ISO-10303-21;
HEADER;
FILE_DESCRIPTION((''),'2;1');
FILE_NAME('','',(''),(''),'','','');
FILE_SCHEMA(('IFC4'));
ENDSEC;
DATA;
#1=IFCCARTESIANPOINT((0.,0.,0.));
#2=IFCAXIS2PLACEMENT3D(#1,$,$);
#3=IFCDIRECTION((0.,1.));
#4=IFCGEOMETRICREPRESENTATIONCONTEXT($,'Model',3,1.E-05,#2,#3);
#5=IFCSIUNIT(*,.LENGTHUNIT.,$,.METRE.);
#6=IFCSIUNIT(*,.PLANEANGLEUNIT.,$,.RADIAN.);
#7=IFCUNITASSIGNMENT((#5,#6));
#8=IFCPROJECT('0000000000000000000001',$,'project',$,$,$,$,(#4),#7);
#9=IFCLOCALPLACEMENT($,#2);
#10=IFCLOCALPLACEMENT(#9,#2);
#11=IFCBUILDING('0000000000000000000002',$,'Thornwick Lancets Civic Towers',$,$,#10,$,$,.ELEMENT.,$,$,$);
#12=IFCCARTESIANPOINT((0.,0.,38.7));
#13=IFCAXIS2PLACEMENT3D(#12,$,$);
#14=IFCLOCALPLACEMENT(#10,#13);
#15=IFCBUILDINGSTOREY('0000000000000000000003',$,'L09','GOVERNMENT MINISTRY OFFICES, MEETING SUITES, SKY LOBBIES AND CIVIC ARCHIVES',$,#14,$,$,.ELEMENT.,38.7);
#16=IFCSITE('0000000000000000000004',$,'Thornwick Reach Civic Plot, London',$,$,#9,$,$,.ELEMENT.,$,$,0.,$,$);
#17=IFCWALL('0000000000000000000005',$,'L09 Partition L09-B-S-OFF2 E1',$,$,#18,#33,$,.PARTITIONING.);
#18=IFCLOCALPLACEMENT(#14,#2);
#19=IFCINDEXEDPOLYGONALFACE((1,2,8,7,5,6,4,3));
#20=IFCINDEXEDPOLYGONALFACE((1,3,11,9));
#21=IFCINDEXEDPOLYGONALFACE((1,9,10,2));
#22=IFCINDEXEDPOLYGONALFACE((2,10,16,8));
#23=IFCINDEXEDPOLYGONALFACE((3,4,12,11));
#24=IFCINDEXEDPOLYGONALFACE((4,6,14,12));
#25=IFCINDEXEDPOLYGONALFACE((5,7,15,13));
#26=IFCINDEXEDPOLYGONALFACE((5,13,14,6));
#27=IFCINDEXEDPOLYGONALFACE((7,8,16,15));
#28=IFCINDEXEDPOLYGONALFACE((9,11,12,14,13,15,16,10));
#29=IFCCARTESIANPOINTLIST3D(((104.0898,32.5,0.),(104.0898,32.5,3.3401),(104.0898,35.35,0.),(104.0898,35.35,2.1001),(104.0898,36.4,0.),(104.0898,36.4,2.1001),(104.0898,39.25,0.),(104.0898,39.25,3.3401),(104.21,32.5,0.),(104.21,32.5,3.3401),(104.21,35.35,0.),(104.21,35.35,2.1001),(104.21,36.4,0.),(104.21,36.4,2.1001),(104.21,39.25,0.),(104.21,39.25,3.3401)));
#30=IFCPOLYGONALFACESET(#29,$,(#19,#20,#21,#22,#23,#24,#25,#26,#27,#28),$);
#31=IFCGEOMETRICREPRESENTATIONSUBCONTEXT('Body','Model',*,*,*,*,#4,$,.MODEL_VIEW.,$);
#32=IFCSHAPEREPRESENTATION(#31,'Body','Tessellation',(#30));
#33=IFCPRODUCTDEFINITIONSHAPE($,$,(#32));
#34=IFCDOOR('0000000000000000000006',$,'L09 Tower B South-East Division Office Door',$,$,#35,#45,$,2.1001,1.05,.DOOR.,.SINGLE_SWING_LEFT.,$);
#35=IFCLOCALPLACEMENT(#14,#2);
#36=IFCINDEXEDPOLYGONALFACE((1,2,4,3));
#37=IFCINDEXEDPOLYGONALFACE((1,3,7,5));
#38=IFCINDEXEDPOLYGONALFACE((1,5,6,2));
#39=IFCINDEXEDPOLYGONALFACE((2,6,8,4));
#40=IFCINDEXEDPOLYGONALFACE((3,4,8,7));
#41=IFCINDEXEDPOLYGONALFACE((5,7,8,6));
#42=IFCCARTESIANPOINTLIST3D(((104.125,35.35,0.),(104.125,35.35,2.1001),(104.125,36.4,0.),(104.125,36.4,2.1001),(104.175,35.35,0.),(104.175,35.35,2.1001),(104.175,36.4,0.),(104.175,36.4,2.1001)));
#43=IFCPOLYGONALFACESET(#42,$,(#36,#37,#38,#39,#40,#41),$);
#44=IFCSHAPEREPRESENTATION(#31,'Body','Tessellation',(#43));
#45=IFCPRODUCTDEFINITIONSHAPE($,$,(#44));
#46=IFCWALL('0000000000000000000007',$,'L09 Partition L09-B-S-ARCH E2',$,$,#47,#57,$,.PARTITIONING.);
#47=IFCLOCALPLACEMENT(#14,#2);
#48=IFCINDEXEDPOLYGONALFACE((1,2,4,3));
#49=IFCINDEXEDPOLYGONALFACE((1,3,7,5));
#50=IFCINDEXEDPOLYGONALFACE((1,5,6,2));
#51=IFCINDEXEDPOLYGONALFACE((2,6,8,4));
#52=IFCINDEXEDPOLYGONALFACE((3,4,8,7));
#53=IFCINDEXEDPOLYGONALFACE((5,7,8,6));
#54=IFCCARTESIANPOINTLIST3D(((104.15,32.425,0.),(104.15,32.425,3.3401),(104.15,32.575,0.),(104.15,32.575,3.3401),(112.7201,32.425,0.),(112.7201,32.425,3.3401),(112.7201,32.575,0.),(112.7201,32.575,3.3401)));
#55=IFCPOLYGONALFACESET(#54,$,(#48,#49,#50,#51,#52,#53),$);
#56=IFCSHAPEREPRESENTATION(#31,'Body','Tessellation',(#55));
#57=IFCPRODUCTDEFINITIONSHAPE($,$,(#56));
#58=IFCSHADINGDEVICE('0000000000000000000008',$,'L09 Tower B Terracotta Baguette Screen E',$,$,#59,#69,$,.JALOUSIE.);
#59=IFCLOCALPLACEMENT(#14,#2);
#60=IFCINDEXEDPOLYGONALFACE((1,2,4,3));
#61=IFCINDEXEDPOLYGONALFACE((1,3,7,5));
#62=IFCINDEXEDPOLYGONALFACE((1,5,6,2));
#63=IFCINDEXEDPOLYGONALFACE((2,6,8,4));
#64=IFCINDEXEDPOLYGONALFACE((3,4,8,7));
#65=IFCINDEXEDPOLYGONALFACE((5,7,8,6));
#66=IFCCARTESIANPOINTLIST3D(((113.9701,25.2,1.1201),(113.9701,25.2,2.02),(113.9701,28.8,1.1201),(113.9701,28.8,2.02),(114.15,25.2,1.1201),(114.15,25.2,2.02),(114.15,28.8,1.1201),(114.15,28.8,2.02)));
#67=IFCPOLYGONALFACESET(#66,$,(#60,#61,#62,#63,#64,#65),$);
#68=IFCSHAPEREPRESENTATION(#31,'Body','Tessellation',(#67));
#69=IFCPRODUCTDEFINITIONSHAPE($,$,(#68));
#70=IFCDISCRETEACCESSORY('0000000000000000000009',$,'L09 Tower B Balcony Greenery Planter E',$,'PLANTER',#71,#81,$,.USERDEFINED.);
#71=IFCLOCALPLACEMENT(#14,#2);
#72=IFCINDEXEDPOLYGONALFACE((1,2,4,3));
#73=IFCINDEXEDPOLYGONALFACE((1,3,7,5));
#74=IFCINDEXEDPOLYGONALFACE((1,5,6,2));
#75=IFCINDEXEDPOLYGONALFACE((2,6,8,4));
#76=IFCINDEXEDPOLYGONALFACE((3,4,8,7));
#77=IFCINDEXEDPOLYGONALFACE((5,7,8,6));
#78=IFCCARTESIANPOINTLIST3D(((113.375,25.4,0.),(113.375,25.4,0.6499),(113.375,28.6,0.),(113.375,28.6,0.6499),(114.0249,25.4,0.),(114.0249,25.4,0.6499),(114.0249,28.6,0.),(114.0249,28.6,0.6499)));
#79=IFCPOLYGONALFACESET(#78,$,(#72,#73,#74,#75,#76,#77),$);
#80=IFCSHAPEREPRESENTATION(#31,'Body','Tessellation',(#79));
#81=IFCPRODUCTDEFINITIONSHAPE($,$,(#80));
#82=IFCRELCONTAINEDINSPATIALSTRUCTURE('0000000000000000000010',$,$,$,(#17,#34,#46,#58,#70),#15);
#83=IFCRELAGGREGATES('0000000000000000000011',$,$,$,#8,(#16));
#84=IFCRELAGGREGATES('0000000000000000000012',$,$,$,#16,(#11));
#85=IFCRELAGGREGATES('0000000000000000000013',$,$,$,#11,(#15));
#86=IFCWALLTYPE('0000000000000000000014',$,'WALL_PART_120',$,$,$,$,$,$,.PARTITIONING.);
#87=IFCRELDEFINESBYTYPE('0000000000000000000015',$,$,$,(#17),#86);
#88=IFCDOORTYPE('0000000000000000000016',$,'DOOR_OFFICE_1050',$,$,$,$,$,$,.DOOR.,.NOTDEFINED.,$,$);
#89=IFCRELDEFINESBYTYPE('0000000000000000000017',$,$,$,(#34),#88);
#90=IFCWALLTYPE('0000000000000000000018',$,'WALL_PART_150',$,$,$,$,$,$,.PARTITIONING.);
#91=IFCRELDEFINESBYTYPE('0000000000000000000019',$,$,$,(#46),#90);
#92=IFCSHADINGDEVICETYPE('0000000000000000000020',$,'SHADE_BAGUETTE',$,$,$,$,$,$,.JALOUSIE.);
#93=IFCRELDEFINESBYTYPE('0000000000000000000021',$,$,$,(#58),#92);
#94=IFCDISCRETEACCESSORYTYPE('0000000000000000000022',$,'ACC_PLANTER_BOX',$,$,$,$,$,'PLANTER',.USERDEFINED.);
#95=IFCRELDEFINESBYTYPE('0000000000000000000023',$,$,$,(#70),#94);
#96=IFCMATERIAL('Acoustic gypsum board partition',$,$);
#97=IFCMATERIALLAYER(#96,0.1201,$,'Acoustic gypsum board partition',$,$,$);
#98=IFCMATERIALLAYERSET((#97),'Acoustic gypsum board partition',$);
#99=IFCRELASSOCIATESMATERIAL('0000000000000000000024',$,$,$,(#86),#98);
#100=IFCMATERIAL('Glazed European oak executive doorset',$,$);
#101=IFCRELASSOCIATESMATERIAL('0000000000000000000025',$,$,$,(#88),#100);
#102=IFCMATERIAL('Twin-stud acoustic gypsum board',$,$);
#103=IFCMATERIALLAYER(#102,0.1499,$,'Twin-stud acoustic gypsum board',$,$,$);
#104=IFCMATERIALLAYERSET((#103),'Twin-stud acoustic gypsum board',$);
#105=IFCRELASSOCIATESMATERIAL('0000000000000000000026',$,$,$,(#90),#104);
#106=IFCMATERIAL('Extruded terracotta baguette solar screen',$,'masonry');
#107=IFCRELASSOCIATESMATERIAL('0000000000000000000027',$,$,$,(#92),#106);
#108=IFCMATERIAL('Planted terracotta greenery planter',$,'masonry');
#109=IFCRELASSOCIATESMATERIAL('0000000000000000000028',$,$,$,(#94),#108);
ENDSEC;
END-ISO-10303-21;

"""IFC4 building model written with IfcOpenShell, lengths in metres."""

from ifc_helpers import new_model, si_unit, direction, frame, frame_2d, origin, origin_2d, place, context, subcontext, project, spatial, rectangle, extrude, material, layer, layer_set, type_object, element, fill, save


model = new_model("IFC4")

# Units and contexts
model_context = context("Model", 3, precision=1e-05, world=origin(), true_north=direction((0.0, 1.0)))
body_context = subcontext(model_context, "Body", "Model", "MODEL_VIEW")
ifc_project = project(units=[si_unit("LENGTHUNIT", "METRE"), si_unit("PLANEANGLEUNIT", "RADIAN")], contexts=[model_context])

# Site, building, storey
site_placement = place(None, origin())
site = spatial("IfcSite", under=ifc_project, at=site_placement, Name="Thornwick Reach Civic Plot, London", CompositionType="ELEMENT", RefElevation=0.0)
building_placement = place(site_placement, origin())
building = spatial("IfcBuilding", under=site, at=building_placement, Name="Thornwick Lancets Civic Towers", CompositionType="ELEMENT")
storey_placement = place(building_placement, frame((0.0, 0.0, 38.7)))
storey = spatial("IfcBuildingStorey", under=building, at=storey_placement, Name="L09", Description="GOVERNMENT MINISTRY OFFICES, MEETING SUITES, SKY LOBBIES AND CIVIC ARCHIVES", CompositionType="ELEMENT", Elevation=38.7)

# Shared definitions
ifc_material_1 = material(Name="Acoustic gypsum board partition")
ifc_layer_1 = layer(ifc_material_1, 0.1201, Name="Acoustic gypsum board partition")
ifc_layer_set_1 = layer_set([ifc_layer_1], Name="Acoustic gypsum board partition")
wall_type_1 = type_object("IfcWallType", Name="WALL_PART_120", PredefinedType="PARTITIONING", material=ifc_layer_set_1)

# Wall, opening, door
wall_1_placement = place(storey_placement, frame((104.1499, 32.5, 0.0), z_axis=(0.0, 0.0, 1.0), x_axis=(0.0, 1.0, 0.0)))
wall_1 = element("IfcWall", 1, at=wall_1_placement, inside=storey, type_object=wall_type_1, Name="L09 Partition L09-B-S-OFF2 E1", PredefinedType="PARTITIONING", context=body_context, shape_type="SweptSolid", body=[
    extrude(rectangle(XDim=6.75, YDim=0.1201, at=frame_2d((3.375, 0.0))), origin(), (0.0, 0.0, 1.0), 3.3401),
])
opening_1_placement = place(wall_1_placement, frame((2.8501, 0.0, 0.0)))
opening_1 = element("IfcOpeningElement", 2, at=opening_1_placement, cuts=wall_1, PredefinedType="OPENING", context=body_context, shape_type="SweptSolid", body=[
    extrude(rectangle(XDim=1.05, YDim=2.1001, at=frame_2d((0.5249, 1.05))), frame((0.0, 0.0701, 0.0), z_axis=(0.0, -1.0, 0.0), x_axis=(1.0, 0.0, 0.0)), (0.0, 0.0, 1.0), 0.1401),
])
ifc_material_2 = material(Name="Glazed European oak executive doorset")
door_type_1 = type_object("IfcDoorType", Name="DOOR_OFFICE_1050", OperationType="NOTDEFINED", PredefinedType="DOOR", material=ifc_material_2)
door_1_placement = place(opening_1_placement, origin())
door_1 = element("IfcDoor", 3, at=door_1_placement, inside=storey, type_object=door_type_1, Name="L09 Tower B South-East Division Office Door", OperationType="SINGLE_SWING_LEFT", OverallHeight=2.1001, OverallWidth=1.05, PredefinedType="DOOR", context=body_context, shape_type="SweptSolid", body=[
    extrude(rectangle(XDim=1.05, YDim=2.1001, at=frame_2d((0.5249, 1.05))), frame((0.0, 0.0249, 0.0), z_axis=(0.0, -1.0, 0.0), x_axis=(1.0, 0.0, 0.0)), (0.0, 0.0, 1.0), 0.05),
])
fill(opening_1, door_1)

# Wall
ifc_material_3 = material(Name="Twin-stud acoustic gypsum board")
ifc_layer_2 = layer(ifc_material_3, 0.1499, Name="Twin-stud acoustic gypsum board")
ifc_layer_set_2 = layer_set([ifc_layer_2], Name="Twin-stud acoustic gypsum board")
wall_type_2 = type_object("IfcWallType", Name="WALL_PART_150", PredefinedType="PARTITIONING", material=ifc_layer_set_2)
wall_2_placement = place(storey_placement, frame((104.1499, 32.5, 0.0), z_axis=(0.0, 0.0, 1.0), x_axis=(1.0, 0.0, 0.0)))
element("IfcWall", 4, at=wall_2_placement, inside=storey, type_object=wall_type_2, Name="L09 Partition L09-B-S-ARCH E2", PredefinedType="PARTITIONING", context=body_context, shape_type="SweptSolid", body=[
    extrude(rectangle(XDim=8.5701, YDim=0.1499, at=frame_2d((4.2852, 0.0))), origin(), (0.0, 0.0, 1.0), 3.3401),
])

# Shading device
ifc_material_4 = material(Name="Extruded terracotta baguette solar screen", Category="masonry")
shading_device_type = type_object("IfcShadingDeviceType", Name="SHADE_BAGUETTE", PredefinedType="JALOUSIE", material=ifc_material_4)
shading_device_placement = place(storey_placement, frame((114.0601, 27.0, 1.1201), z_axis=(0.0, 0.0, 1.0), x_axis=(0.0, 1.0, 0.0)))
element("IfcShadingDevice", 5, at=shading_device_placement, inside=storey, type_object=shading_device_type, Name="L09 Tower B Terracotta Baguette Screen E", PredefinedType="JALOUSIE", context=body_context, shape_type="SweptSolid", body=[
    extrude(rectangle(XDim=3.6001, YDim=0.1799, at=origin_2d()), origin(), (0.0, 0.0, 1.0), 0.8999),
])

# Discrete accessory
ifc_material_5 = material(Name="Planted terracotta greenery planter", Category="masonry")
discrete_accessory_type = type_object("IfcDiscreteAccessoryType", Name="ACC_PLANTER_BOX", ElementType="PLANTER", PredefinedType="USERDEFINED", material=ifc_material_5)
discrete_accessory_placement = place(storey_placement, frame((113.7, 27.0, 0.0), z_axis=(0.0, 0.0, 1.0), x_axis=(1.0, 0.0, 0.0)))
element("IfcDiscreteAccessory", 6, at=discrete_accessory_placement, inside=storey, type_object=discrete_accessory_type, Name="L09 Tower B Balcony Greenery Planter E", ObjectType="PLANTER", PredefinedType="USERDEFINED", context=body_context, shape_type="SweptSolid", body=[
    extrude(rectangle(XDim=0.6499, YDim=3.2, at=origin_2d()), origin(), (0.0, 0.0, 1.0), 0.6499),
])

save(model, "model.ifc")
